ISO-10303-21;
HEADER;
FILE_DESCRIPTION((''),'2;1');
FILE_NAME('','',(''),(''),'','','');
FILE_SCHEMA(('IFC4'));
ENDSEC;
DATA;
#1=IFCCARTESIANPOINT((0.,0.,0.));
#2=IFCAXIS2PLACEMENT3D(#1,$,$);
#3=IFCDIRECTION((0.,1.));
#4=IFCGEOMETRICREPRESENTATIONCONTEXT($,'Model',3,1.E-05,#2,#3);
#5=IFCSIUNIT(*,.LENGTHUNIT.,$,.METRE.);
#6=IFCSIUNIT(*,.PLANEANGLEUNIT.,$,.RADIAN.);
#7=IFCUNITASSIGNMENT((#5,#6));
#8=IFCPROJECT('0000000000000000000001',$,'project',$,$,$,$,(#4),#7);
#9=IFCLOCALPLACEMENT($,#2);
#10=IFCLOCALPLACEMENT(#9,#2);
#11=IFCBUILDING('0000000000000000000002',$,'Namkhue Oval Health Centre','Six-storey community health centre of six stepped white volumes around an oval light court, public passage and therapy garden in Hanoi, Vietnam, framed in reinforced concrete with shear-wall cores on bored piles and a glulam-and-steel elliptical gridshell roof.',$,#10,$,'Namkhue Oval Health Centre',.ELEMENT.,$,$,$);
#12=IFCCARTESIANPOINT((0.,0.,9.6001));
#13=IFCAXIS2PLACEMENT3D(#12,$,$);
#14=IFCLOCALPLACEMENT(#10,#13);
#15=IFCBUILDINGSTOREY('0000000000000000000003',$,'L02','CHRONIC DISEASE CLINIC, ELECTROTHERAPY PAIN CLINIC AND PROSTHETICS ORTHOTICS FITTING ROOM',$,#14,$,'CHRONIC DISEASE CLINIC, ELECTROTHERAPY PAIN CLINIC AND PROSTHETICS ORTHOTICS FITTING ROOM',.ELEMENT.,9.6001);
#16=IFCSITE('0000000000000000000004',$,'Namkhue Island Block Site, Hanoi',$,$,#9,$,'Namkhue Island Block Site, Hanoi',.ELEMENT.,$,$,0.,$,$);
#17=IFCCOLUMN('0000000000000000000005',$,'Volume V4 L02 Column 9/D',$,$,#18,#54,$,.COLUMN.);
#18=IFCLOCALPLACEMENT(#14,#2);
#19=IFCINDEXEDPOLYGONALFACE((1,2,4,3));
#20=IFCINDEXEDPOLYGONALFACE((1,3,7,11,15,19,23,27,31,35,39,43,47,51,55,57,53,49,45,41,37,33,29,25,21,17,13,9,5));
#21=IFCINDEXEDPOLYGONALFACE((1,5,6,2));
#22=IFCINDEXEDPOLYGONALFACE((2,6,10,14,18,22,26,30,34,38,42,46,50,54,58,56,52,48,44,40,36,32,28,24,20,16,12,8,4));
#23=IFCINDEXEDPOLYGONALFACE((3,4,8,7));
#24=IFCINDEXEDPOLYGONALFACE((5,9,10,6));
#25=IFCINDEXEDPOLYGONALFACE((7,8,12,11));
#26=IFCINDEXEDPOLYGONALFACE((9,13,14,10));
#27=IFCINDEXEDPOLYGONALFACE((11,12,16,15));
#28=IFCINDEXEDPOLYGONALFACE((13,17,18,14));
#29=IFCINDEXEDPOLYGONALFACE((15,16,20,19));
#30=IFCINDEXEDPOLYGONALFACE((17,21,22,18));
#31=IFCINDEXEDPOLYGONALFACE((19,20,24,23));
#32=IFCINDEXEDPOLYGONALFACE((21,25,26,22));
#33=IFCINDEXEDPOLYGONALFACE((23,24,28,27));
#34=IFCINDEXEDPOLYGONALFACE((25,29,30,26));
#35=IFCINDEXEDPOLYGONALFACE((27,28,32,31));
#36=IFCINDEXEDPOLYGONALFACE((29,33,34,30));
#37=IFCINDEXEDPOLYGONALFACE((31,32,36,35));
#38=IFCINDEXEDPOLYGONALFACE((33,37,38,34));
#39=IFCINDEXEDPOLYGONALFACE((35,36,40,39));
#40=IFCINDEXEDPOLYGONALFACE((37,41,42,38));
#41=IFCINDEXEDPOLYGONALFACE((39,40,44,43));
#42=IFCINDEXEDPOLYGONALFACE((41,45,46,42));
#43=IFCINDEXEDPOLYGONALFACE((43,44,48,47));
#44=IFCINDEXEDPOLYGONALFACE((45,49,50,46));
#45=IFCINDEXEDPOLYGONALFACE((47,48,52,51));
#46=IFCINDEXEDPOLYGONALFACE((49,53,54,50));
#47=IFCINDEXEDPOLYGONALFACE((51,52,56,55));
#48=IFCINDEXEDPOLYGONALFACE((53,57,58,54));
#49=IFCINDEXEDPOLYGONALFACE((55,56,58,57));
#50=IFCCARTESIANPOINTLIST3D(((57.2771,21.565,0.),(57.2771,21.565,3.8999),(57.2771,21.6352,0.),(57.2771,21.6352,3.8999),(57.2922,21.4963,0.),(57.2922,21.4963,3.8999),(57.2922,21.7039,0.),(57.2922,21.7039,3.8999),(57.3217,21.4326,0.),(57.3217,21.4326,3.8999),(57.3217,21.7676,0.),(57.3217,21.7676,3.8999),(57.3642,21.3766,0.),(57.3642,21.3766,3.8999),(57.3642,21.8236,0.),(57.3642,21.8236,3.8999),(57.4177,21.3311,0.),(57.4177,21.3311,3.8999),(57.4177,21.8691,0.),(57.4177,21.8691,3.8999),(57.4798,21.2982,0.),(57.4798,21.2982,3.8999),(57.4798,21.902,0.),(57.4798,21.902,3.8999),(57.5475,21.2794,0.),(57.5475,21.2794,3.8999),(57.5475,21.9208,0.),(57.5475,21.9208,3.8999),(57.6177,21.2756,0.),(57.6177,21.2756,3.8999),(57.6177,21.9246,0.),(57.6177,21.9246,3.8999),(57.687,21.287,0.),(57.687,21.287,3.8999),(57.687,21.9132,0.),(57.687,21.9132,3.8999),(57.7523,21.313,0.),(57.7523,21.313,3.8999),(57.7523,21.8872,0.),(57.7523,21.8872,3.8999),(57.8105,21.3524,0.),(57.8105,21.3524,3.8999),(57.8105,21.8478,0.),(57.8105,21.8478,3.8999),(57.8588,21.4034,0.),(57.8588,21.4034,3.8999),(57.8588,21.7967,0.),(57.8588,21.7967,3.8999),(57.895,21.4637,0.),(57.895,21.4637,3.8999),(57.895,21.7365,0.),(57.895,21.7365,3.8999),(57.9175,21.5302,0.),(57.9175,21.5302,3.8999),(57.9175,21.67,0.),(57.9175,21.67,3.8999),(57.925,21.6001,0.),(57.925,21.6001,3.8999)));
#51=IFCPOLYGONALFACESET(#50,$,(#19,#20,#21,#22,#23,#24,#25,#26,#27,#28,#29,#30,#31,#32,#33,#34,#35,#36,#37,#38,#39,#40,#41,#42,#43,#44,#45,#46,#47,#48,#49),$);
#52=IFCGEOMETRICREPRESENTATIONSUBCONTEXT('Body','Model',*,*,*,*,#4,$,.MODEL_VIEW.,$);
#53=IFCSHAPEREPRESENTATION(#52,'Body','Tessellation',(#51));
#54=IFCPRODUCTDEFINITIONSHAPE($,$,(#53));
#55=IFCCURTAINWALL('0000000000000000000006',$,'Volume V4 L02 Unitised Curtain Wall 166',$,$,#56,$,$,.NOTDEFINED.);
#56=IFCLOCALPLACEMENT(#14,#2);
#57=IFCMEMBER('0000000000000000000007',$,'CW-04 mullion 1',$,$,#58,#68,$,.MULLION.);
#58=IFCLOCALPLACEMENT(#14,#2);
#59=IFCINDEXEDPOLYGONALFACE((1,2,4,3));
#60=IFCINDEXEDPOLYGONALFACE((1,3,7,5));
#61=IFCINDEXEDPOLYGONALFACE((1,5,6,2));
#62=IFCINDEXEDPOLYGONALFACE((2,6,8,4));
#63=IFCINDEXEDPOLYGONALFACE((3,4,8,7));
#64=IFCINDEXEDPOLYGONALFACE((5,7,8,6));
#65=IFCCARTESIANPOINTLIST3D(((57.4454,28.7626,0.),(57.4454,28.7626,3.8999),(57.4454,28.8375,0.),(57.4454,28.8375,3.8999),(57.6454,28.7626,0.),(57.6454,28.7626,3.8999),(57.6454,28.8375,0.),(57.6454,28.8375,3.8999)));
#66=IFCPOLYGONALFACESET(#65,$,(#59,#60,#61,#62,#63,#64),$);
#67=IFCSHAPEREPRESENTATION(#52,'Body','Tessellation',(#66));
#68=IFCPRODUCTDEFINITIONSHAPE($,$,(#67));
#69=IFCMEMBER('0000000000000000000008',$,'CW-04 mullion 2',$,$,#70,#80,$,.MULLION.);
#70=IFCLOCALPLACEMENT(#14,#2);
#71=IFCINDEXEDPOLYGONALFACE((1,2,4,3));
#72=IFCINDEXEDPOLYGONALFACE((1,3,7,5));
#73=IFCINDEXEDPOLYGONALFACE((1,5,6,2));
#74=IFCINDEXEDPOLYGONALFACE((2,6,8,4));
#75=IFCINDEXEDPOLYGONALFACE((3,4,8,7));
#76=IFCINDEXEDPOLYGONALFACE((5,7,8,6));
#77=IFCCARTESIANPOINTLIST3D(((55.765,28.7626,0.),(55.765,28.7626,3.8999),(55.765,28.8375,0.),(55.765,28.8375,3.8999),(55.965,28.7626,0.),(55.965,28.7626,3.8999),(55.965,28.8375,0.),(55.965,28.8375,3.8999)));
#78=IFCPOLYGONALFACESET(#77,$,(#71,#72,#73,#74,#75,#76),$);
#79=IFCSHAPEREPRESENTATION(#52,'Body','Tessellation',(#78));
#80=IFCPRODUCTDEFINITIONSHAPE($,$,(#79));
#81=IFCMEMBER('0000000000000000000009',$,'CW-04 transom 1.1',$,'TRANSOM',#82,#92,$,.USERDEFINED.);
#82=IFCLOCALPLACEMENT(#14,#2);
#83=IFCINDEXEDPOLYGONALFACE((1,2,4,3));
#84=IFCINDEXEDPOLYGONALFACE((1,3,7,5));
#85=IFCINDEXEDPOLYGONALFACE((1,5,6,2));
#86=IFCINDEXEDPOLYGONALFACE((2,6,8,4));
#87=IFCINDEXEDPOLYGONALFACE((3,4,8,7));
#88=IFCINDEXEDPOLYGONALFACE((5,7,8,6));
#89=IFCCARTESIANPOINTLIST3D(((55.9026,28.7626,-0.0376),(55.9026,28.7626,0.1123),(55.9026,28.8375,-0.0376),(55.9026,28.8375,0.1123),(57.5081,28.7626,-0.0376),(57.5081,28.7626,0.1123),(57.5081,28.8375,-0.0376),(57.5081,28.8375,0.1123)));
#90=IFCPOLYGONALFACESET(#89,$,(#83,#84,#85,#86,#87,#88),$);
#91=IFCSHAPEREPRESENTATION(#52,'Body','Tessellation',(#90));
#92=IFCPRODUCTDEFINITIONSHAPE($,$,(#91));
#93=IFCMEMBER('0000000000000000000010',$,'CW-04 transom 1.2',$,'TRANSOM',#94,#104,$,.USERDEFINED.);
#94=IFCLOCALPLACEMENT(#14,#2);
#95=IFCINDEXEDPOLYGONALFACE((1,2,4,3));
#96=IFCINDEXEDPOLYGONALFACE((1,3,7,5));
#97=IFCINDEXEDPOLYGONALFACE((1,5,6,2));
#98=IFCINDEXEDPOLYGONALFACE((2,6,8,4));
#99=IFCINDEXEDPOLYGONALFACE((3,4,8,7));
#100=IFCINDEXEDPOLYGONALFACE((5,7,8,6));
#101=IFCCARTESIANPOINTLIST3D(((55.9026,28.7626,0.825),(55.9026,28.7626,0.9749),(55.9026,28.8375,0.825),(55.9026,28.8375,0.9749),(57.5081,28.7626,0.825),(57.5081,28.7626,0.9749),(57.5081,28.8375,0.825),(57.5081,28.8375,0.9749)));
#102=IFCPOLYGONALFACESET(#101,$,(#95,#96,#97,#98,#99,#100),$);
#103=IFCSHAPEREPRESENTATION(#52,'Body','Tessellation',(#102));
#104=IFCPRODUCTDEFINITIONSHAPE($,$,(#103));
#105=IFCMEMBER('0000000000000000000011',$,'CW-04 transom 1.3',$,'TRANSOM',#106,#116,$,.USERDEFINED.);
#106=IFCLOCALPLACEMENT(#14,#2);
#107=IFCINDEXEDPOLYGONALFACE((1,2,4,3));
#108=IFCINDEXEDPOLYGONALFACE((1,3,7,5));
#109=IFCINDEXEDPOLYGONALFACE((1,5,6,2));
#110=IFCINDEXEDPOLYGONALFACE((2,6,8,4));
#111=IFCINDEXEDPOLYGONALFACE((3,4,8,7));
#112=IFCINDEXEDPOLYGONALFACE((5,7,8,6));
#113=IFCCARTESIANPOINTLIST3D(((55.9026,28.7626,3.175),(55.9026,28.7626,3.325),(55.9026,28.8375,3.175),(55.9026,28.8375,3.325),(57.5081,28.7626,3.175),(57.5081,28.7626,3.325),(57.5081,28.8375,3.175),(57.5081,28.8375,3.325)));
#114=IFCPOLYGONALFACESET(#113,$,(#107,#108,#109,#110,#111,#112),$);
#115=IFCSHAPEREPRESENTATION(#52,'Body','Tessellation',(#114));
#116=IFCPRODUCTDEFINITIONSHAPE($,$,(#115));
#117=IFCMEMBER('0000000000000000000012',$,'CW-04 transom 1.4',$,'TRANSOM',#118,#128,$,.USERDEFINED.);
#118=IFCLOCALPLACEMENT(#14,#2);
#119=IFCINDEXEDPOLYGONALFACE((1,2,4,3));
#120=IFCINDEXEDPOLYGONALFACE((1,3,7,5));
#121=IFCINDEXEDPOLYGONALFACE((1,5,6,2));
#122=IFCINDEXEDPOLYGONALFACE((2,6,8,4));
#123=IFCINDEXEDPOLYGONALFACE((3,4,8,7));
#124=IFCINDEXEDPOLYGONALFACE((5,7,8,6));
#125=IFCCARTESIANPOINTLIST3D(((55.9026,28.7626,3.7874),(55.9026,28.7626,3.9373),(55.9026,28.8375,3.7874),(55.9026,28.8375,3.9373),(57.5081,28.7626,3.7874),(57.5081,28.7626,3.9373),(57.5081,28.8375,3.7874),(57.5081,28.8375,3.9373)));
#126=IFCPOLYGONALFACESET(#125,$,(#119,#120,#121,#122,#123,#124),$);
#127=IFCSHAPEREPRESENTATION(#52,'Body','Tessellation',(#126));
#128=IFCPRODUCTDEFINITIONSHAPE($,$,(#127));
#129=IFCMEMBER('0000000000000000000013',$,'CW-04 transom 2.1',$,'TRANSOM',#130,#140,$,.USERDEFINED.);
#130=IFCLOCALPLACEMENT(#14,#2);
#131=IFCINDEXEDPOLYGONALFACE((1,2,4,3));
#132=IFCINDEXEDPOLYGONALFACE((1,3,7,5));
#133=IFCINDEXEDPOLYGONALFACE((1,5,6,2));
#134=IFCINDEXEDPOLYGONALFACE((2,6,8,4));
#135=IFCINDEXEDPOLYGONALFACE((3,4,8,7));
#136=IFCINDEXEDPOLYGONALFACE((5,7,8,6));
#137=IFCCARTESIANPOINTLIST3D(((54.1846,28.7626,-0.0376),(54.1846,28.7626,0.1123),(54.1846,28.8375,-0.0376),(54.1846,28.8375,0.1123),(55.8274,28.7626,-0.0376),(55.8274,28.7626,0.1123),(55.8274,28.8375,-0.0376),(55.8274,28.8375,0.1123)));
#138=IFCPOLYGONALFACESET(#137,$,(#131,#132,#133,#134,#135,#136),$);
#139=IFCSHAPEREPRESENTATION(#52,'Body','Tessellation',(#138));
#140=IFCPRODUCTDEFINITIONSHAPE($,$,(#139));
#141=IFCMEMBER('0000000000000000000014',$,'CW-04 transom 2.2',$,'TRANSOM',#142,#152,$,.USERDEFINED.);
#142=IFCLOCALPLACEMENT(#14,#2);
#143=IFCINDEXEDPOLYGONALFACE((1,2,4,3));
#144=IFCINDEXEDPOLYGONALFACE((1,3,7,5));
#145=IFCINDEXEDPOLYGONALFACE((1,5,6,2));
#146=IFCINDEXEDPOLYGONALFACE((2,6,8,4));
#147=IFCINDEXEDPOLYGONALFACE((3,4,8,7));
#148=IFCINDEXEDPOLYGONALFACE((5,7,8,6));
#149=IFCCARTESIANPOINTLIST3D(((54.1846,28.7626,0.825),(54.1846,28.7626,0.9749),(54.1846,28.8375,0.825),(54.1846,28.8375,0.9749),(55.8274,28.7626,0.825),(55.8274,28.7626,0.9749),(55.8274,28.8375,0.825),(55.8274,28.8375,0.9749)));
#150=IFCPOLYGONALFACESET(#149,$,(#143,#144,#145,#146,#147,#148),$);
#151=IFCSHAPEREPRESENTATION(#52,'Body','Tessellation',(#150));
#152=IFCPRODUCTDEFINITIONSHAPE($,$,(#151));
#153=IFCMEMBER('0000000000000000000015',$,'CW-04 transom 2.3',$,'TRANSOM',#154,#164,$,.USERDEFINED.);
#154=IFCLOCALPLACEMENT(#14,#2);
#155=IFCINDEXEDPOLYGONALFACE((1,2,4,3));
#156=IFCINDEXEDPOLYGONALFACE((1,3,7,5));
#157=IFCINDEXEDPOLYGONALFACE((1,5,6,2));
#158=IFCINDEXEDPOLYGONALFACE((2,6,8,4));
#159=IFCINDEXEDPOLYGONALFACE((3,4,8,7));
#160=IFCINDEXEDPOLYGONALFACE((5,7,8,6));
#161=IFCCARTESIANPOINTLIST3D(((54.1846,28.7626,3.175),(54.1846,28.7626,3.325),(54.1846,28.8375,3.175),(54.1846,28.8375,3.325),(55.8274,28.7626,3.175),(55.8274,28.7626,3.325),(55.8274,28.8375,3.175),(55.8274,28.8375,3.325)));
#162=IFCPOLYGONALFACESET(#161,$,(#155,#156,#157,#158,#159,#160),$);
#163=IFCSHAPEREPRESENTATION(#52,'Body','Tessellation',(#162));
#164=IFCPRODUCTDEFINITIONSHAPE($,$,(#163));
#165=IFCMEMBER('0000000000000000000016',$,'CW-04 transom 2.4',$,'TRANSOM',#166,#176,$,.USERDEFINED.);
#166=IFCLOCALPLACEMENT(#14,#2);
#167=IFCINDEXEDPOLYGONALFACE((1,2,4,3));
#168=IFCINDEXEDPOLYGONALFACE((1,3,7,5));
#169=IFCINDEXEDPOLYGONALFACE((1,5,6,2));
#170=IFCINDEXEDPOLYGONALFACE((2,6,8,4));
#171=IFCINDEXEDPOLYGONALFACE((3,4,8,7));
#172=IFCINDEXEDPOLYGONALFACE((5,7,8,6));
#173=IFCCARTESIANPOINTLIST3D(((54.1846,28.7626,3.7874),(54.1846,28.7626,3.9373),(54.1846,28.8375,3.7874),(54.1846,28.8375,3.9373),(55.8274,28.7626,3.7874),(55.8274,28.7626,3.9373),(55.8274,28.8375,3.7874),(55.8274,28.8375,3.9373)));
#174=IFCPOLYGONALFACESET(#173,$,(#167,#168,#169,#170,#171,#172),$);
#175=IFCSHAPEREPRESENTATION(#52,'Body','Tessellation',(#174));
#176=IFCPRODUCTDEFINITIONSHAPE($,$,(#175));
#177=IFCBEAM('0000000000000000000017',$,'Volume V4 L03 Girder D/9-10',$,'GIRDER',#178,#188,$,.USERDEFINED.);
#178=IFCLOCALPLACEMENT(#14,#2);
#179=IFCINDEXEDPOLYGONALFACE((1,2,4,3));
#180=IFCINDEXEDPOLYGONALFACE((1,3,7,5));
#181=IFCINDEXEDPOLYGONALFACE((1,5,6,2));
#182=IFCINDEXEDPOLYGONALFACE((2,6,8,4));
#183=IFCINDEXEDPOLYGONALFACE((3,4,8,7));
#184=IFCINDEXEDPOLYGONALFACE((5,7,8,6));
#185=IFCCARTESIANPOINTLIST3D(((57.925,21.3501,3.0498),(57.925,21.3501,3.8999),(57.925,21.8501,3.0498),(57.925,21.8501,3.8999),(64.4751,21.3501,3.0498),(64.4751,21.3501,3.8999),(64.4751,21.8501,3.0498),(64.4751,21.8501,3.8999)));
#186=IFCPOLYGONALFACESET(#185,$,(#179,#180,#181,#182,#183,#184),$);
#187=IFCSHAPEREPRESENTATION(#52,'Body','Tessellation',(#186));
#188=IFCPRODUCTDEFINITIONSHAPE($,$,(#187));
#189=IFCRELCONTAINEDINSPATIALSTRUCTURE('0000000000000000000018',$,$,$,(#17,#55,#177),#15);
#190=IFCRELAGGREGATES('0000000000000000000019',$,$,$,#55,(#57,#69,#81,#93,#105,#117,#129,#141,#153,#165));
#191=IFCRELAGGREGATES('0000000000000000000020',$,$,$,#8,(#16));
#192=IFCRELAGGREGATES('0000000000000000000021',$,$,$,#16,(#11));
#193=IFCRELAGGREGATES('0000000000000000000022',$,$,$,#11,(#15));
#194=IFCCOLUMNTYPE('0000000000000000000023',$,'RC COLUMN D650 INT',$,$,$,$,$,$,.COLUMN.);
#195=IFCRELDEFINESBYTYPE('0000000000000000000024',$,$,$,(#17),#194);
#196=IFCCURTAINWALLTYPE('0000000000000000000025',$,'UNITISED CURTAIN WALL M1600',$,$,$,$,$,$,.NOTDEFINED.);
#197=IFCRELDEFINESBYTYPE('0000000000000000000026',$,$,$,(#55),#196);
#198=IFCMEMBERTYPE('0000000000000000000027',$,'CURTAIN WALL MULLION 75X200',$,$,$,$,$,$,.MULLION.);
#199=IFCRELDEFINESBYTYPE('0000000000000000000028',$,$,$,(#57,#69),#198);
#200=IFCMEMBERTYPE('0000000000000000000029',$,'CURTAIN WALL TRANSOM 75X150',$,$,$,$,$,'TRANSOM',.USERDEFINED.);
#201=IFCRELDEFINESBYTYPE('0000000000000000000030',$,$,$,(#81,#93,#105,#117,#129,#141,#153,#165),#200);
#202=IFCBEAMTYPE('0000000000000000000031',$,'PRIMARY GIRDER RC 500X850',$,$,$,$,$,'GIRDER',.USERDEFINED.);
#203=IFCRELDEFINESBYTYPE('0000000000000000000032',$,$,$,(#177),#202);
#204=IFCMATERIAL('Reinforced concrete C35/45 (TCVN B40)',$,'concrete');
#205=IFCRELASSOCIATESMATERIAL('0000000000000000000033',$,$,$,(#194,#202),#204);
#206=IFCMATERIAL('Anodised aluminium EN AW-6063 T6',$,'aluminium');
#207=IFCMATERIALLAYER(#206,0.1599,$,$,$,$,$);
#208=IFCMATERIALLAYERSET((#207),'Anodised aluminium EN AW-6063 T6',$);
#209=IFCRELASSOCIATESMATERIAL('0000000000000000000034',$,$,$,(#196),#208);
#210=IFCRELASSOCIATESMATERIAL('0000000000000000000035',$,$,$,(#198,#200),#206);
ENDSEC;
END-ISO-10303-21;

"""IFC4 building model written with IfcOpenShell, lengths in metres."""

from ifc_helpers import new_model, si_unit, direction, frame, origin, origin_2d, place, context, subcontext, project, spatial, rectangle, circle, extrude, material, layer, layer_set, material_profile, profile_set, type_object, element, aggregate, save


model = new_model("IFC4")

# Units and contexts
model_context = context("Model", 3, precision=1e-05, world=origin(), true_north=direction((0.0, 1.0)))
body_context = subcontext(model_context, "Body", "Model", "MODEL_VIEW")
ifc_project = project(units=[si_unit("LENGTHUNIT", "METRE"), si_unit("PLANEANGLEUNIT", "RADIAN")], contexts=[model_context])

# Site, building, storey
site_placement = place(None, origin())
site = spatial("IfcSite", under=ifc_project, at=site_placement, Name="Namkhue Island Block Site, Hanoi", LongName="Namkhue Island Block Site, Hanoi", CompositionType="ELEMENT", RefElevation=0.0)
building_placement = place(site_placement, origin())
building = spatial("IfcBuilding", under=site, at=building_placement, Name="Namkhue Oval Health Centre", Description="Six-storey community health centre of six stepped white volumes around an oval light court, public passage and therapy garden in Hanoi, Vietnam, framed in reinforced concrete with shear-wall cores on bored piles and a glulam-and-steel elliptical gridshell roof.", LongName="Namkhue Oval Health Centre", CompositionType="ELEMENT")
storey_placement = place(building_placement, frame((0.0, 0.0, 9.6001)))
storey = spatial("IfcBuildingStorey", under=building, at=storey_placement, Name="L02", Description="CHRONIC DISEASE CLINIC, ELECTROTHERAPY PAIN CLINIC AND PROSTHETICS ORTHOTICS FITTING ROOM", LongName="CHRONIC DISEASE CLINIC, ELECTROTHERAPY PAIN CLINIC AND PROSTHETICS ORTHOTICS FITTING ROOM", CompositionType="ELEMENT", Elevation=9.6001)

# Column
ifc_material_1 = material(Name="Reinforced concrete C35/45 (TCVN B40)", Category="concrete")
ifc_material_profile_1 = material_profile(ifc_material_1, circle(Radius=0.325, at=origin_2d()), Name="RC D650")
ifc_profile_set_1 = profile_set([ifc_material_profile_1], Name="Reinforced concrete C35/45 (TCVN B40)")
column_type = type_object("IfcColumnType", Name="RC COLUMN D650 INT", PredefinedType="COLUMN", material=ifc_profile_set_1)
column_placement = place(storey_placement, frame((57.6001, 21.6001, 0.0), z_axis=(0.0, 0.0, 1.0), x_axis=(1.0, 0.0, 0.0)))
element("IfcColumn", 1, at=column_placement, inside=storey, type_object=column_type, Name="Volume V4 L02 Column 9/D", PredefinedType="COLUMN", context=body_context, shape_type="SweptSolid", body=[
    extrude(circle(Radius=0.325, at=origin_2d()), origin(), (0.0, 0.0, 1.0), 3.8999),
])

# Curtain wall, members
ifc_material_2 = material(Name="Anodised aluminium EN AW-6063 T6", Category="aluminium")
ifc_layer_1 = layer(ifc_material_2, 0.1599)
ifc_layer_set_1 = layer_set([ifc_layer_1], Name="Anodised aluminium EN AW-6063 T6")
curtain_wall_type = type_object("IfcCurtainWallType", Name="UNITISED CURTAIN WALL M1600", PredefinedType="NOTDEFINED", material=ifc_layer_set_1)
curtain_wall_placement = place(storey_placement, origin())
curtain_wall = element("IfcCurtainWall", 2, at=curtain_wall_placement, inside=storey, type_object=curtain_wall_type, Name="Volume V4 L02 Unitised Curtain Wall 166", PredefinedType="NOTDEFINED")
ifc_material_profile_2 = material_profile(ifc_material_2, rectangle(XDim=0.075, YDim=0.2, at=origin_2d()), Name="ALU 75x200")
ifc_profile_set_2 = profile_set([ifc_material_profile_2], Name="Anodised aluminium EN AW-6063 T6")
member_type_1 = type_object("IfcMemberType", Name="CURTAIN WALL MULLION 75X200", PredefinedType="MULLION", material=ifc_profile_set_2)
member_1_placement = place(storey_placement, frame((57.5454, 28.8, 0.0), z_axis=(0.0, 0.0, 1.0), x_axis=(0.0, -1.0, 0.0)))
member_1 = element("IfcMember", 3, at=member_1_placement, type_object=member_type_1, Name="CW-04 mullion 1", PredefinedType="MULLION", context=body_context, shape_type="SweptSolid", body=[
    extrude(rectangle(XDim=0.075, YDim=0.2, at=origin_2d()), origin(), (0.0, 0.0, 1.0), 3.8999),
])
member_2_placement = place(storey_placement, frame((55.865, 28.8, 0.0), z_axis=(0.0, 0.0, 1.0), x_axis=(0.0, -1.0, 0.0)))
member_2 = element("IfcMember", 4, at=member_2_placement, type_object=member_type_1, Name="CW-04 mullion 2", PredefinedType="MULLION", context=body_context, shape_type="SweptSolid", body=[
    extrude(rectangle(XDim=0.075, YDim=0.2, at=origin_2d()), origin(), (0.0, 0.0, 1.0), 3.8999),
])
ifc_material_profile_3 = material_profile(ifc_material_2, rectangle(XDim=0.075, YDim=0.1499, at=origin_2d()), Name="ALU 75x150")
ifc_profile_set_3 = profile_set([ifc_material_profile_3], Name="Anodised aluminium EN AW-6063 T6")
member_type_2 = type_object("IfcMemberType", Name="CURTAIN WALL TRANSOM 75X150", ElementType="TRANSOM", PredefinedType="USERDEFINED", material=ifc_profile_set_3)
member_3_placement = place(storey_placement, frame((57.5081, 28.8, 0.0374), z_axis=(-1.0, 0.0, 0.0), x_axis=(0.0, -1.0, 0.0)))
member_3 = element("IfcMember", 5, at=member_3_placement, type_object=member_type_2, Name="CW-04 transom 1.1", ObjectType="TRANSOM", PredefinedType="USERDEFINED", context=body_context, shape_type="SweptSolid", body=[
    extrude(rectangle(XDim=0.075, YDim=0.1499, at=origin_2d()), origin(), (0.0, 0.0, 1.0), 1.6055),
])
member_4_placement = place(storey_placement, frame((57.5081, 28.8, 0.8999), z_axis=(-1.0, 0.0, 0.0), x_axis=(0.0, -1.0, 0.0)))
member_4 = element("IfcMember", 6, at=member_4_placement, type_object=member_type_2, Name="CW-04 transom 1.2", ObjectType="TRANSOM", PredefinedType="USERDEFINED", context=body_context, shape_type="SweptSolid", body=[
    extrude(rectangle(XDim=0.075, YDim=0.1499, at=origin_2d()), origin(), (0.0, 0.0, 1.0), 1.6055),
])
member_5_placement = place(storey_placement, frame((57.5081, 28.8, 3.25), z_axis=(-1.0, 0.0, 0.0), x_axis=(0.0, -1.0, 0.0)))
member_5 = element("IfcMember", 7, at=member_5_placement, type_object=member_type_2, Name="CW-04 transom 1.3", ObjectType="TRANSOM", PredefinedType="USERDEFINED", context=body_context, shape_type="SweptSolid", body=[
    extrude(rectangle(XDim=0.075, YDim=0.1499, at=origin_2d()), origin(), (0.0, 0.0, 1.0), 1.6055),
])
member_6_placement = place(storey_placement, frame((57.5081, 28.8, 3.8623), z_axis=(-1.0, 0.0, 0.0), x_axis=(0.0, -1.0, 0.0)))
member_6 = element("IfcMember", 8, at=member_6_placement, type_object=member_type_2, Name="CW-04 transom 1.4", ObjectType="TRANSOM", PredefinedType="USERDEFINED", context=body_context, shape_type="SweptSolid", body=[
    extrude(rectangle(XDim=0.075, YDim=0.1499, at=origin_2d()), origin(), (0.0, 0.0, 1.0), 1.6055),
])
member_7_placement = place(storey_placement, frame((55.8274, 28.8, 0.0374), z_axis=(-1.0, 0.0, 0.0), x_axis=(0.0, -1.0, 0.0)))
member_7 = element("IfcMember", 9, at=member_7_placement, type_object=member_type_2, Name="CW-04 transom 2.1", ObjectType="TRANSOM", PredefinedType="USERDEFINED", context=body_context, shape_type="SweptSolid", body=[
    extrude(rectangle(XDim=0.075, YDim=0.1499, at=origin_2d()), origin(), (0.0, 0.0, 1.0), 1.6428),
])
member_8_placement = place(storey_placement, frame((55.8274, 28.8, 0.8999), z_axis=(-1.0, 0.0, 0.0), x_axis=(0.0, -1.0, 0.0)))
member_8 = element("IfcMember", 10, at=member_8_placement, type_object=member_type_2, Name="CW-04 transom 2.2", ObjectType="TRANSOM", PredefinedType="USERDEFINED", context=body_context, shape_type="SweptSolid", body=[
    extrude(rectangle(XDim=0.075, YDim=0.1499, at=origin_2d()), origin(), (0.0, 0.0, 1.0), 1.6428),
])
member_9_placement = place(storey_placement, frame((55.8274, 28.8, 3.25), z_axis=(-1.0, 0.0, 0.0), x_axis=(0.0, -1.0, 0.0)))
member_9 = element("IfcMember", 11, at=member_9_placement, type_object=member_type_2, Name="CW-04 transom 2.3", ObjectType="TRANSOM", PredefinedType="USERDEFINED", context=body_context, shape_type="SweptSolid", body=[
    extrude(rectangle(XDim=0.075, YDim=0.1499, at=origin_2d()), origin(), (0.0, 0.0, 1.0), 1.6428),
])
member_10_placement = place(storey_placement, frame((55.8274, 28.8, 3.8623), z_axis=(-1.0, 0.0, 0.0), x_axis=(0.0, -1.0, 0.0)))
member_10 = element("IfcMember", 12, at=member_10_placement, type_object=member_type_2, Name="CW-04 transom 2.4", ObjectType="TRANSOM", PredefinedType="USERDEFINED", context=body_context, shape_type="SweptSolid", body=[
    extrude(rectangle(XDim=0.075, YDim=0.1499, at=origin_2d()), origin(), (0.0, 0.0, 1.0), 1.6428),
])

# Beam
ifc_material_profile_4 = material_profile(ifc_material_1, rectangle(XDim=0.5, YDim=0.8501, at=origin_2d()), Name="RC 500x850")
ifc_profile_set_4 = profile_set([ifc_material_profile_4], Name="Reinforced concrete C35/45 (TCVN B40)")
beam_type = type_object("IfcBeamType", Name="PRIMARY GIRDER RC 500X850", ElementType="GIRDER", PredefinedType="USERDEFINED", material=ifc_profile_set_4)
beam_placement = place(storey_placement, frame((57.925, 21.6001, 3.4749), z_axis=(1.0, 0.0, 0.0), x_axis=(0.0, 1.0, 0.0)))
element("IfcBeam", 13, at=beam_placement, inside=storey, type_object=beam_type, Name="Volume V4 L03 Girder D/9-10", ObjectType="GIRDER", PredefinedType="USERDEFINED", context=body_context, shape_type="SweptSolid", body=[
    extrude(rectangle(XDim=0.5, YDim=0.8501, at=origin_2d()), origin(), (0.0, 0.0, 1.0), 6.55),
])

aggregate(curtain_wall, [member_1, member_2, member_3, member_4, member_5, member_6, member_7, member_8, member_9, member_10])

save(model, "model.ifc")
